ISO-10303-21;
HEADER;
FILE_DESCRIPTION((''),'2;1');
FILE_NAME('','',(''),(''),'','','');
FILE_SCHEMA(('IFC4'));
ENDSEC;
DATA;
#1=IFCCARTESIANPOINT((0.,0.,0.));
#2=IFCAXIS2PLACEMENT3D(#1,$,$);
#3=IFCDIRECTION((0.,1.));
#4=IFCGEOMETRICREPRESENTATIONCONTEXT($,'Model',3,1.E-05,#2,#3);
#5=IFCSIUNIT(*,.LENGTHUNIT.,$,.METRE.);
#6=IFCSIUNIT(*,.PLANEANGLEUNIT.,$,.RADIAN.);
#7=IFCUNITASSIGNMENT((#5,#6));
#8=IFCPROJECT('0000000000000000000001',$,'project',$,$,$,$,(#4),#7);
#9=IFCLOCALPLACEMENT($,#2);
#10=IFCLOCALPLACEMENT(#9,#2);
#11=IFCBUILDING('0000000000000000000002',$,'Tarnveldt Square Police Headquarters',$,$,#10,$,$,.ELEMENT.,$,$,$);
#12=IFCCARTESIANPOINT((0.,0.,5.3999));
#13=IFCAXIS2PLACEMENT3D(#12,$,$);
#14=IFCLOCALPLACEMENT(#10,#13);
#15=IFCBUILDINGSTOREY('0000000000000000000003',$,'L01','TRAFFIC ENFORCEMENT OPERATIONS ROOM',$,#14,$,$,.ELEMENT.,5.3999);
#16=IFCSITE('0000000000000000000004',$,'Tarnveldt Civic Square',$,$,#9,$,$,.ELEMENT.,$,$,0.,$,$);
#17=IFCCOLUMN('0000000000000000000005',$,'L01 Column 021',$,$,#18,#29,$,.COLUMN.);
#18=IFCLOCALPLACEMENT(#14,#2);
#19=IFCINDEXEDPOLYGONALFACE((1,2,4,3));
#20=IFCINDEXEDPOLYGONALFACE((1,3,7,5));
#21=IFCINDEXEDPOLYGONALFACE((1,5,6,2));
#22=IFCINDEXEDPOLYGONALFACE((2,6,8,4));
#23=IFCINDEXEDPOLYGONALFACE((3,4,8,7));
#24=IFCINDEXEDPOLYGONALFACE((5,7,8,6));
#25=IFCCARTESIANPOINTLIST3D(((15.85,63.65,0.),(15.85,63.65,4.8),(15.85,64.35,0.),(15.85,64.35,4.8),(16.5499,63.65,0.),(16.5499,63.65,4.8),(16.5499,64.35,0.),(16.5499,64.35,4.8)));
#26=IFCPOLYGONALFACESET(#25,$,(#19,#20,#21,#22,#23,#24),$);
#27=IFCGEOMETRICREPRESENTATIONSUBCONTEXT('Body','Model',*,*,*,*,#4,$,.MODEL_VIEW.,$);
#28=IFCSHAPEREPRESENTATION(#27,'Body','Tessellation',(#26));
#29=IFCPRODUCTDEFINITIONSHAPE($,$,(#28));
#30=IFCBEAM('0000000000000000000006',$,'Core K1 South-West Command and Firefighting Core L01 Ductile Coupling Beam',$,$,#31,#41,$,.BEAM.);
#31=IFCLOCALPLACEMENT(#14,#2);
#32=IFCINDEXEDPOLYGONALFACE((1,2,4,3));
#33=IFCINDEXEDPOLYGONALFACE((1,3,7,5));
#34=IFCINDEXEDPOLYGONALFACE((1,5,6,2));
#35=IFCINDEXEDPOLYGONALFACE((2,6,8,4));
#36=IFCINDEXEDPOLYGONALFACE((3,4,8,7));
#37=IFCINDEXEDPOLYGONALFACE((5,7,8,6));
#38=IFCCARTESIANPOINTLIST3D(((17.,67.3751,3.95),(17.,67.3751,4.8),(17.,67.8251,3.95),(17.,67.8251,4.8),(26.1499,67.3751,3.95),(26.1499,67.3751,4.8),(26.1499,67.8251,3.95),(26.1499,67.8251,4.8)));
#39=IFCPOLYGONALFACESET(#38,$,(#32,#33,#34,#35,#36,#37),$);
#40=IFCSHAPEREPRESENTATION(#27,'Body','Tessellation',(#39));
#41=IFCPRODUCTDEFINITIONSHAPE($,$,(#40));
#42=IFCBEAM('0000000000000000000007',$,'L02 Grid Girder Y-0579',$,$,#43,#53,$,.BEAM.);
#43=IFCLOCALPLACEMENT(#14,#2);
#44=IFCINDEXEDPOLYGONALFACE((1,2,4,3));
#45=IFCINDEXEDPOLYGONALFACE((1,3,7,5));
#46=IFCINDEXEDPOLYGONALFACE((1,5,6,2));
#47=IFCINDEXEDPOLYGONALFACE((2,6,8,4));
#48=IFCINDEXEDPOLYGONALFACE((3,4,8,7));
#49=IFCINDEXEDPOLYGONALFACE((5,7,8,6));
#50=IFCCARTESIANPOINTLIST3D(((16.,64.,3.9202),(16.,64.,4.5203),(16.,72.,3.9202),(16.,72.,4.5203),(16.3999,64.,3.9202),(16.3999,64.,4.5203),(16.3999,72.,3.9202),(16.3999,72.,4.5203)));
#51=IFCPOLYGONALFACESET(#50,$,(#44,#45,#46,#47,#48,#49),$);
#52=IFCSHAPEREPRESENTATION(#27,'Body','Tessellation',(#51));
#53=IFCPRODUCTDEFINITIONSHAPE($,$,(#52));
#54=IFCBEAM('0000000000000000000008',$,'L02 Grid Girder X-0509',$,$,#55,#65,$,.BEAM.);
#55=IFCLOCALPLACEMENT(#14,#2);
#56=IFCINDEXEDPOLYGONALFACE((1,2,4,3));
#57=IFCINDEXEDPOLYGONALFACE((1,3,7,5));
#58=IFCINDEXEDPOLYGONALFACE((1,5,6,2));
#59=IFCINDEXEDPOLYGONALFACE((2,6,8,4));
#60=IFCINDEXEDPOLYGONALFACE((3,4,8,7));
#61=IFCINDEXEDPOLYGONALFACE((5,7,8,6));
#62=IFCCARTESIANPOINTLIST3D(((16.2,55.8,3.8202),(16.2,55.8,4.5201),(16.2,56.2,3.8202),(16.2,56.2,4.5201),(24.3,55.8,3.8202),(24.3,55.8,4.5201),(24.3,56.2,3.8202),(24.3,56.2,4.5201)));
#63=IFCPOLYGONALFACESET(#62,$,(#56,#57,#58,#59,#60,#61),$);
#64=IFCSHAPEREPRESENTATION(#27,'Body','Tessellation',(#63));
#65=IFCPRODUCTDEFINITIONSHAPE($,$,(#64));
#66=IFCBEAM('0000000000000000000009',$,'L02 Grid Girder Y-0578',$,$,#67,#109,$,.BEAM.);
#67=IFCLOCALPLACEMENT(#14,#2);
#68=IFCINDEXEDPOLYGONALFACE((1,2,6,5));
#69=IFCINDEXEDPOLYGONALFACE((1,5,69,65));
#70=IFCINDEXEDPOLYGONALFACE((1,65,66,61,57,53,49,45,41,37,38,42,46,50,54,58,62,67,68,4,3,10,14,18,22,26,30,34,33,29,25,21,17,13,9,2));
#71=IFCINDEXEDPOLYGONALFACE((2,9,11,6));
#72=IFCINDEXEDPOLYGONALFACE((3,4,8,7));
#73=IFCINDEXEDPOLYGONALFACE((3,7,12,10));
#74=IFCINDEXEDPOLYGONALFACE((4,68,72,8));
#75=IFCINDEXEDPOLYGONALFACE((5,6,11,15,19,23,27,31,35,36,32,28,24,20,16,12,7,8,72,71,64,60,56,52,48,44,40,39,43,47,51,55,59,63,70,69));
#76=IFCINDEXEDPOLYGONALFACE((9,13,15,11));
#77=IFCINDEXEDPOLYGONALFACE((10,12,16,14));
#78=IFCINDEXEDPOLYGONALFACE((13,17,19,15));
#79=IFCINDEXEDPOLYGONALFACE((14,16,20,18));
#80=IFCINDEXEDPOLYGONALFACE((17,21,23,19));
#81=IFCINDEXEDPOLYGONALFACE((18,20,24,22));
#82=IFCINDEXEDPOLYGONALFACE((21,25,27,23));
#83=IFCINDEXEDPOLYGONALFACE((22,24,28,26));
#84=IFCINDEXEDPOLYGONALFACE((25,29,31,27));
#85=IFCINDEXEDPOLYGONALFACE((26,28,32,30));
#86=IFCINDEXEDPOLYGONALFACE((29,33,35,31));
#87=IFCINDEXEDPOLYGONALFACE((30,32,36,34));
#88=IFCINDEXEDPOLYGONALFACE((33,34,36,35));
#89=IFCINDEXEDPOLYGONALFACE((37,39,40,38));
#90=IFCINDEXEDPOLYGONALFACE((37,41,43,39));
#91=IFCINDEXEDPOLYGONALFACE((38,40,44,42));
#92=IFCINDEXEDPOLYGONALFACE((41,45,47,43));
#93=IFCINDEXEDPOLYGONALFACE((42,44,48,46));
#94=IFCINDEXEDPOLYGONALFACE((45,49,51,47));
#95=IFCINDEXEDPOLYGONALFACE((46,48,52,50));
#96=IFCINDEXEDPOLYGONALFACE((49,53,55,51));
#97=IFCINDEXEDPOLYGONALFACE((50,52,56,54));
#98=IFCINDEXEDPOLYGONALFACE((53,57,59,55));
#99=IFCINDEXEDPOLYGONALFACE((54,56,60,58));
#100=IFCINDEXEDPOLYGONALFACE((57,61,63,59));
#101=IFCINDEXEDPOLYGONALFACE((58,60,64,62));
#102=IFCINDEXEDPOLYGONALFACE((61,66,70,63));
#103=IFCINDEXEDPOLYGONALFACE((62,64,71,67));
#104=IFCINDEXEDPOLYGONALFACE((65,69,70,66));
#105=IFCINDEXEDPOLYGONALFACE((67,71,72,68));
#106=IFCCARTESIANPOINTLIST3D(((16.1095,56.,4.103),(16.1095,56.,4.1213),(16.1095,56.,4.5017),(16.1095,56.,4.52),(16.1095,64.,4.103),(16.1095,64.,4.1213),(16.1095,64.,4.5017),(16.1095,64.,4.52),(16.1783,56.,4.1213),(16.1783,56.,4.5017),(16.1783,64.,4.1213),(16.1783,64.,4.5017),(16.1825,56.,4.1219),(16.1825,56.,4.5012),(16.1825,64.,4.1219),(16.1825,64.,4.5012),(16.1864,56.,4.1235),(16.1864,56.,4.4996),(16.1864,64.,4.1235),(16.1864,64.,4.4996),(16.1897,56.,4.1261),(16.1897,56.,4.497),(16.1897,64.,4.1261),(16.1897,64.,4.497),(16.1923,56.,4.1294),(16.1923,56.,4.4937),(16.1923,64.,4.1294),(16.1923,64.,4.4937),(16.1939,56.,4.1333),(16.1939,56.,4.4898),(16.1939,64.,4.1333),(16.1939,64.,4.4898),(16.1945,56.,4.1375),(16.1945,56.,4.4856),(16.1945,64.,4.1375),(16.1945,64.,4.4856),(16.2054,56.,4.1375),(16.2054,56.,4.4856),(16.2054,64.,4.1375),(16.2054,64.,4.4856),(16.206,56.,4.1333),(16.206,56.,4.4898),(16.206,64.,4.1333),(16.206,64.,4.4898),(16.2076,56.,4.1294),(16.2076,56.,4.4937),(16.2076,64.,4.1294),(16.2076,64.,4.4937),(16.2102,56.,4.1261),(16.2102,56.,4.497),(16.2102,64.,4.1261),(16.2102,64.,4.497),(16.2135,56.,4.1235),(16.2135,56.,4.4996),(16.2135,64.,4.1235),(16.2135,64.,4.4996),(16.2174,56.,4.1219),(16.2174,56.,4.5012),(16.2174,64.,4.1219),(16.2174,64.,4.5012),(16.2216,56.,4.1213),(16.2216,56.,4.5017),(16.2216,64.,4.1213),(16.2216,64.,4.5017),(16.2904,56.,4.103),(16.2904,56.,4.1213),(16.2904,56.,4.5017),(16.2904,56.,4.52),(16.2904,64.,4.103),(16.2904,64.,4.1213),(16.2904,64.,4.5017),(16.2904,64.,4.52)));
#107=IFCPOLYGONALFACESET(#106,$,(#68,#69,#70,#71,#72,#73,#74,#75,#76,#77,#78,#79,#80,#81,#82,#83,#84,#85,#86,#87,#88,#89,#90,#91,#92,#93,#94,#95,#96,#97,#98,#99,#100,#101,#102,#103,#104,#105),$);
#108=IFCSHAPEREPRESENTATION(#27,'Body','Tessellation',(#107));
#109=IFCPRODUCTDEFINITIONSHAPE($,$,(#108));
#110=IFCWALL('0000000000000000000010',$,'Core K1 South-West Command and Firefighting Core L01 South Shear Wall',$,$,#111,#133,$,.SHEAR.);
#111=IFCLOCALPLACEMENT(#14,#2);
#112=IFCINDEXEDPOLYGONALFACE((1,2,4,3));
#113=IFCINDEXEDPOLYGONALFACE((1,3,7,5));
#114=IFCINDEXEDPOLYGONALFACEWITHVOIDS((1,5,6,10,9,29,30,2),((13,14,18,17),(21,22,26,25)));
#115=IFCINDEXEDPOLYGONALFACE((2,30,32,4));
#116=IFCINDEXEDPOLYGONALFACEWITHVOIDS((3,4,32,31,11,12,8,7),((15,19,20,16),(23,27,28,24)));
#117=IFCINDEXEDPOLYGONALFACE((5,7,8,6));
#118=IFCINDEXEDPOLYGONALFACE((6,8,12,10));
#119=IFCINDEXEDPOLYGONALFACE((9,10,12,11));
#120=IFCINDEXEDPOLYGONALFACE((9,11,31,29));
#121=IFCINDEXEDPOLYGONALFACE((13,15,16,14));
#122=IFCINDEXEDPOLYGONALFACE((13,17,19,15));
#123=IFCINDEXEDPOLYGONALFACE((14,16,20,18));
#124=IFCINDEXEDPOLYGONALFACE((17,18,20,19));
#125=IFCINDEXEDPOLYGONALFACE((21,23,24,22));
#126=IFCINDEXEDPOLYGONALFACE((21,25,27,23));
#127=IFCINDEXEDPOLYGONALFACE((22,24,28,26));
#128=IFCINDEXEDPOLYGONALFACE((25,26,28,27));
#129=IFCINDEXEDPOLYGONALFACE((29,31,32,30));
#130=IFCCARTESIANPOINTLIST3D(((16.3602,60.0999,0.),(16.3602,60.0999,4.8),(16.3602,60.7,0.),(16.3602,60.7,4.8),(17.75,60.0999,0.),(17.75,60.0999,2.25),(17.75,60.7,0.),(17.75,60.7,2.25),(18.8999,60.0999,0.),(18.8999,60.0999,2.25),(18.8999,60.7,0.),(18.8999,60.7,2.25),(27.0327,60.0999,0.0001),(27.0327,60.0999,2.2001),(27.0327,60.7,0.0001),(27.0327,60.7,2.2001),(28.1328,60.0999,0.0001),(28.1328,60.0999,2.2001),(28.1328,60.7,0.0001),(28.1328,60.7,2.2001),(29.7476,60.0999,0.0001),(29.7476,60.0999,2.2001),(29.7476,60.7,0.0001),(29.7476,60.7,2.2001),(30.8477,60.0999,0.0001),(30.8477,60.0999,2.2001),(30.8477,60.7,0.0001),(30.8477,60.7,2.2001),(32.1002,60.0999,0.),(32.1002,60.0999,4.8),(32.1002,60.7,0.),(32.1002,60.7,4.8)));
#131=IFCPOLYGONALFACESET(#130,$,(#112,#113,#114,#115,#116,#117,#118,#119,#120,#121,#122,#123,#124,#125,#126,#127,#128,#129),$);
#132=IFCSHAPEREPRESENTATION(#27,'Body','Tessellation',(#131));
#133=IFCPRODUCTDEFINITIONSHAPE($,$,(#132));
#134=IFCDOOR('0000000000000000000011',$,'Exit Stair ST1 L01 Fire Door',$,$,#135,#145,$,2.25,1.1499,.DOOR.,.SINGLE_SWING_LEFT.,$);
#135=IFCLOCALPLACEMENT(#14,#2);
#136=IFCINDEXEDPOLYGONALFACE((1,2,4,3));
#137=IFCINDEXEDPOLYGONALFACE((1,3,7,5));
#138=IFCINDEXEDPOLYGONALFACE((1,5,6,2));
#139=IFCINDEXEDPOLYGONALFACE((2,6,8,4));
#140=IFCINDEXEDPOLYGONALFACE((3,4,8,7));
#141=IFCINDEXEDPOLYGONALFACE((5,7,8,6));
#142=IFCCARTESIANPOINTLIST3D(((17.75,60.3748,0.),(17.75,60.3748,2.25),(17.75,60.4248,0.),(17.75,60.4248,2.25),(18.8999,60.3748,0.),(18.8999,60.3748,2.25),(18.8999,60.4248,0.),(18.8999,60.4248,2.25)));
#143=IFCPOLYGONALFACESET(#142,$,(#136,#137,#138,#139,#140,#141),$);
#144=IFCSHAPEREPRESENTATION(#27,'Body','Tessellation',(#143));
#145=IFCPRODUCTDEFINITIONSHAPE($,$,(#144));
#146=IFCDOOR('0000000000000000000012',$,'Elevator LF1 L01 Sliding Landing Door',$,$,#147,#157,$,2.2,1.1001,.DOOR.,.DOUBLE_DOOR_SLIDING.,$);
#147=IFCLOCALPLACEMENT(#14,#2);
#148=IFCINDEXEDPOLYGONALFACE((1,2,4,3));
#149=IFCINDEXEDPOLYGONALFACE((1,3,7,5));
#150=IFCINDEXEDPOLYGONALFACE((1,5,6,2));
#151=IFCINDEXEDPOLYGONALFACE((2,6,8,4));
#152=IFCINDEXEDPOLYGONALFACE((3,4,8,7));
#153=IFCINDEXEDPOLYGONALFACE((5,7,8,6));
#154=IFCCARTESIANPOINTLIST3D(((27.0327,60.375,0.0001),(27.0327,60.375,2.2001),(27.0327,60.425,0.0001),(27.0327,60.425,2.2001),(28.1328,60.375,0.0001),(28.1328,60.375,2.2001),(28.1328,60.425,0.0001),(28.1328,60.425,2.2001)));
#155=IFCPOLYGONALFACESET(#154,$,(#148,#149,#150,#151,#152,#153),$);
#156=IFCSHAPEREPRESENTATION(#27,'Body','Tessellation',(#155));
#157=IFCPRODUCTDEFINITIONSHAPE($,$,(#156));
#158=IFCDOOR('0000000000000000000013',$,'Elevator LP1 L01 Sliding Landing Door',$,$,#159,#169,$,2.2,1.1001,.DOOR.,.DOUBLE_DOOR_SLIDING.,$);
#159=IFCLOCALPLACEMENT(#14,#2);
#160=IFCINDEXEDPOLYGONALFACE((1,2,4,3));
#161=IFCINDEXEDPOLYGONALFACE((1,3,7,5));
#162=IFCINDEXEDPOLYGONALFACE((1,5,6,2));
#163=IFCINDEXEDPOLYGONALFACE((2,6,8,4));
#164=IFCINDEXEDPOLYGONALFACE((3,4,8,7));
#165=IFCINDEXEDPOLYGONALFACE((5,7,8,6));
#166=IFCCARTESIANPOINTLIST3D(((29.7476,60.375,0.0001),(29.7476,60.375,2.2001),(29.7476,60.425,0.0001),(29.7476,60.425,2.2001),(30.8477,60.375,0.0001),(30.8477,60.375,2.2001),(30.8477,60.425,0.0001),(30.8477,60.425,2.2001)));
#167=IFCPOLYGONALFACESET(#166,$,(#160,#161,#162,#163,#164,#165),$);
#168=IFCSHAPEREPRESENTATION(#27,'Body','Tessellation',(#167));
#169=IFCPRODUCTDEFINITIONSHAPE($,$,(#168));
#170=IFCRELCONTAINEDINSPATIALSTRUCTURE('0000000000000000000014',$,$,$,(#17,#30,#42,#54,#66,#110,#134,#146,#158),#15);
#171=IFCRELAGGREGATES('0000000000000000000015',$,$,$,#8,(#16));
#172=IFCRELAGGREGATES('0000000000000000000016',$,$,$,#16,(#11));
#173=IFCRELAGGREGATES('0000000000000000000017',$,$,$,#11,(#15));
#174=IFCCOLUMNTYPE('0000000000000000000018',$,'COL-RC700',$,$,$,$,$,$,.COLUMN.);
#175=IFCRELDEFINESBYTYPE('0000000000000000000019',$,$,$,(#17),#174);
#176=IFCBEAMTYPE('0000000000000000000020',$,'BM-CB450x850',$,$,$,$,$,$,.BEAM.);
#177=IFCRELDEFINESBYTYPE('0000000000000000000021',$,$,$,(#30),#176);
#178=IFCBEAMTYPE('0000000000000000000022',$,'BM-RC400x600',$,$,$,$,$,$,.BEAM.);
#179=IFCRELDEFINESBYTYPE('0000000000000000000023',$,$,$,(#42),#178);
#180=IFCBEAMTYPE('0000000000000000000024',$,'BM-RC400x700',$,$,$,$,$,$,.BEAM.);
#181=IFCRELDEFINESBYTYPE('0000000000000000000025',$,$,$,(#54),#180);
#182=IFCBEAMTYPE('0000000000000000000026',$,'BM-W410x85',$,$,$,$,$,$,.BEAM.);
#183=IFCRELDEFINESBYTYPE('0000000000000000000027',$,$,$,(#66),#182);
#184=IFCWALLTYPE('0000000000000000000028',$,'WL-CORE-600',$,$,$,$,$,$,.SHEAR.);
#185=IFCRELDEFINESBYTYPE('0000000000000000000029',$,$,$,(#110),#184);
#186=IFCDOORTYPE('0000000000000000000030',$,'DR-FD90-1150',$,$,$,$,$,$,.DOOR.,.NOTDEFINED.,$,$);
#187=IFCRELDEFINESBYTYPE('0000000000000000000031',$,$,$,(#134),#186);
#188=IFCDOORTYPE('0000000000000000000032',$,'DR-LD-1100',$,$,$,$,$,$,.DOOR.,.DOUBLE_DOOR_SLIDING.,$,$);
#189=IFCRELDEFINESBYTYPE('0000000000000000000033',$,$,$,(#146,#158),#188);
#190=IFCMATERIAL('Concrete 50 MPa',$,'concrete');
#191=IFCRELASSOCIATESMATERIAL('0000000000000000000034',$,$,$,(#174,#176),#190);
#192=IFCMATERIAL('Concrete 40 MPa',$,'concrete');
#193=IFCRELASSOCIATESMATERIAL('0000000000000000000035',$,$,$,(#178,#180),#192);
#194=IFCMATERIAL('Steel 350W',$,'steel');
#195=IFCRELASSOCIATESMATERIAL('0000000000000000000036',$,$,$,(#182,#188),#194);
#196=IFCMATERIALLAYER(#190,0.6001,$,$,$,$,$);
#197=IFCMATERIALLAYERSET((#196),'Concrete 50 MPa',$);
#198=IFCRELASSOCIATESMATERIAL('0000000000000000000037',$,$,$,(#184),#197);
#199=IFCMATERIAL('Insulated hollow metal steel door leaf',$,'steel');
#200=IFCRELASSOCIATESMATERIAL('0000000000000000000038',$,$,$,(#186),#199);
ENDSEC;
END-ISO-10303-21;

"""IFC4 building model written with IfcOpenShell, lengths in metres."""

from ifc_helpers import new_model, si_unit, direction, frame, frame_2d, origin, origin_2d, place, context, subcontext, project, spatial, rectangle, i_section, extrude, material, layer, layer_set, material_profile, profile_set, type_object, element, fill, save


model = new_model("IFC4")

# Units and contexts
model_context = context("Model", 3, precision=1e-05, world=origin(), true_north=direction((0.0, 1.0)))
body_context = subcontext(model_context, "Body", "Model", "MODEL_VIEW")
ifc_project = project(units=[si_unit("LENGTHUNIT", "METRE"), si_unit("PLANEANGLEUNIT", "RADIAN")], contexts=[model_context])

# Site, building, storey
site_placement = place(None, origin())
site = spatial("IfcSite", under=ifc_project, at=site_placement, Name="Tarnveldt Civic Square", CompositionType="ELEMENT", RefElevation=0.0)
building_placement = place(site_placement, origin())
building = spatial("IfcBuilding", under=site, at=building_placement, Name="Tarnveldt Square Police Headquarters", CompositionType="ELEMENT")
storey_placement = place(building_placement, frame((0.0, 0.0, 5.3999)))
storey = spatial("IfcBuildingStorey", under=building, at=storey_placement, Name="L01", Description="TRAFFIC ENFORCEMENT OPERATIONS ROOM", CompositionType="ELEMENT", Elevation=5.3999)

# Column
ifc_material_1 = material(Name="Concrete 50 MPa", Category="concrete")
ifc_material_profile_1 = material_profile(ifc_material_1, rectangle(XDim=0.7, YDim=0.7, at=origin_2d()), Name="RC-C700x700")
ifc_profile_set_1 = profile_set([ifc_material_profile_1], Name="Concrete 50 MPa")
column_type = type_object("IfcColumnType", Name="COL-RC700", PredefinedType="COLUMN", material=ifc_profile_set_1)
column_placement = place(storey_placement, frame((16.2, 64.0, 0.0), z_axis=(0.0, 0.0, 1.0), x_axis=(1.0, 0.0, 0.0)))
element("IfcColumn", 1, at=column_placement, inside=storey, type_object=column_type, Name="L01 Column 021", PredefinedType="COLUMN", context=body_context, shape_type="SweptSolid", body=[
    extrude(rectangle(XDim=0.7, YDim=0.7, at=origin_2d()), origin(), (0.0, 0.0, 1.0), 4.8),
])

# Beams
ifc_material_profile_2 = material_profile(ifc_material_1, rectangle(XDim=0.45, YDim=0.8501, at=origin_2d()), Name="RC-CB450x850")
ifc_profile_set_2 = profile_set([ifc_material_profile_2], Name="Concrete 50 MPa")
beam_type_1 = type_object("IfcBeamType", Name="BM-CB450x850", PredefinedType="BEAM", material=ifc_profile_set_2)
beam_1_placement = place(storey_placement, frame((17.0, 67.6001, 4.375), z_axis=(1.0, 0.0, 0.0), x_axis=(0.0, 1.0, 0.0)))
element("IfcBeam", 2, at=beam_1_placement, inside=storey, type_object=beam_type_1, Name="Core K1 South-West Command and Firefighting Core L01 Ductile Coupling Beam", PredefinedType="BEAM", context=body_context, shape_type="SweptSolid", body=[
    extrude(rectangle(XDim=0.45, YDim=0.8501, at=origin_2d()), origin(), (0.0, 0.0, 1.0), 9.1499),
])
ifc_material_2 = material(Name="Concrete 40 MPa", Category="concrete")
ifc_material_profile_3 = material_profile(ifc_material_2, rectangle(XDim=0.3999, YDim=0.6001, at=origin_2d()), Name="RC-B400x600")
ifc_profile_set_3 = profile_set([ifc_material_profile_3], Name="Concrete 40 MPa")
beam_type_2 = type_object("IfcBeamType", Name="BM-RC400x600", PredefinedType="BEAM", material=ifc_profile_set_3)
beam_2_placement = place(storey_placement, frame((16.2, 64.0, 4.2202), z_axis=(0.0, 1.0, 0.0), x_axis=(-1.0, 0.0, 0.0)))
element("IfcBeam", 3, at=beam_2_placement, inside=storey, type_object=beam_type_2, Name="L02 Grid Girder Y-0579", PredefinedType="BEAM", context=body_context, shape_type="SweptSolid", body=[
    extrude(rectangle(XDim=0.3999, YDim=0.6001, at=origin_2d()), origin(), (0.0, 0.0, 1.0), 8.0),
])
ifc_material_profile_4 = material_profile(ifc_material_2, rectangle(XDim=0.3999, YDim=0.7, at=origin_2d()), Name="RC-B400x700")
ifc_profile_set_4 = profile_set([ifc_material_profile_4], Name="Concrete 40 MPa")
beam_type_3 = type_object("IfcBeamType", Name="BM-RC400x700", PredefinedType="BEAM", material=ifc_profile_set_4)
beam_3_placement = place(storey_placement, frame((16.2, 56.0, 4.1702), z_axis=(1.0, 0.0, 0.0), x_axis=(0.0, 1.0, 0.0)))
element("IfcBeam", 4, at=beam_3_placement, inside=storey, type_object=beam_type_3, Name="L02 Grid Girder X-0509", PredefinedType="BEAM", context=body_context, shape_type="SweptSolid", body=[
    extrude(rectangle(XDim=0.3999, YDim=0.7, at=origin_2d()), origin(), (0.0, 0.0, 1.0), 8.1001),
])
ifc_material_3 = material(Name="Steel 350W", Category="steel")
ifc_material_profile_5 = material_profile(ifc_material_3, i_section(OverallWidth=0.1809, OverallDepth=0.417, WebThickness=0.011, FlangeThickness=0.0183, FilletRadius=0.0161, at=origin_2d()), Name="W410x85")
ifc_profile_set_5 = profile_set([ifc_material_profile_5], Name="Steel 350W")
beam_type_4 = type_object("IfcBeamType", Name="BM-W410x85", PredefinedType="BEAM", material=ifc_profile_set_5)
beam_4_placement = place(storey_placement, frame((16.2, 56.0, 4.3115), z_axis=(0.0, 1.0, 0.0), x_axis=(-1.0, 0.0, 0.0)))
element("IfcBeam", 5, at=beam_4_placement, inside=storey, type_object=beam_type_4, Name="L02 Grid Girder Y-0578", PredefinedType="BEAM", context=body_context, shape_type="SweptSolid", body=[
    extrude(i_section(OverallWidth=0.1809, OverallDepth=0.417, WebThickness=0.011, FlangeThickness=0.0183, FilletRadius=0.0161, at=origin_2d()), origin(), (0.0, 0.0, 1.0), 8.0),
])

# Wall, openings, doors
ifc_layer_1 = layer(ifc_material_1, 0.6001)
ifc_layer_set_1 = layer_set([ifc_layer_1], Name="Concrete 50 MPa")
wall_type_1 = type_object("IfcWallType", Name="WL-CORE-600", PredefinedType="SHEAR", material=ifc_layer_set_1)
wall_1_placement = place(storey_placement, frame((16.3601, 60.3999, 0.0), z_axis=(0.0, 0.0, 1.0), x_axis=(1.0, 0.0, 0.0)))
wall_1 = element("IfcWall", 6, at=wall_1_placement, inside=storey, type_object=wall_type_1, Name="Core K1 South-West Command and Firefighting Core L01 South Shear Wall", PredefinedType="SHEAR", context=body_context, shape_type="SweptSolid", body=[
    extrude(rectangle(XDim=15.74, YDim=0.6001, at=frame_2d((7.8701, 0.0))), origin(), (0.0, 0.0, 1.0), 4.8),
])
opening_1_placement = place(wall_1_placement, frame((1.3899, 0.0, 0.0)))
opening_1 = element("IfcOpeningElement", 7, at=opening_1_placement, cuts=wall_1, PredefinedType="OPENING", context=body_context, shape_type="SweptSolid", body=[
    extrude(rectangle(XDim=1.1499, YDim=2.25, at=frame_2d((0.575, 1.125))), frame((0.0, 0.3101, 0.0), z_axis=(0.0, -1.0, 0.0), x_axis=(1.0, 0.0, 0.0)), (0.0, 0.0, 1.0), 0.6201),
])
opening_2_placement = place(wall_1_placement, frame((10.6726, 0.0, 0.0)))
opening_2 = element("IfcOpeningElement", 8, at=opening_2_placement, cuts=wall_1, PredefinedType="OPENING", context=body_context, shape_type="SweptSolid", body=[
    extrude(rectangle(XDim=1.1001, YDim=2.2, at=frame_2d((0.55, 1.1001))), frame((0.0, 0.3101, 0.0), z_axis=(0.0, -1.0, 0.0), x_axis=(1.0, 0.0, 0.0)), (0.0, 0.0, 1.0), 0.6201),
])
opening_3_placement = place(wall_1_placement, frame((13.3875, 0.0, 0.0)))
opening_3 = element("IfcOpeningElement", 9, at=opening_3_placement, cuts=wall_1, PredefinedType="OPENING", context=body_context, shape_type="SweptSolid", body=[
    extrude(rectangle(XDim=1.1001, YDim=2.2, at=frame_2d((0.55, 1.1001))), frame((0.0, 0.3101, 0.0), z_axis=(0.0, -1.0, 0.0), x_axis=(1.0, 0.0, 0.0)), (0.0, 0.0, 1.0), 0.6201),
])
ifc_material_4 = material(Name="Insulated hollow metal steel door leaf", Category="steel")
door_type_1 = type_object("IfcDoorType", Name="DR-FD90-1150", OperationType="NOTDEFINED", PredefinedType="DOOR", material=ifc_material_4)
door_1_placement = place(opening_1_placement, origin())
door_1 = element("IfcDoor", 10, at=door_1_placement, inside=storey, type_object=door_type_1, Name="Exit Stair ST1 L01 Fire Door", OperationType="SINGLE_SWING_LEFT", OverallHeight=2.25, OverallWidth=1.1499, PredefinedType="DOOR", context=body_context, shape_type="SweptSolid", body=[
    extrude(rectangle(XDim=1.1499, YDim=2.25, at=frame_2d((0.575, 1.125))), frame((0.0, 0.0249, 0.0), z_axis=(0.0, -1.0, 0.0), x_axis=(1.0, 0.0, 0.0)), (0.0, 0.0, 1.0), 0.05),
])
fill(opening_1, door_1)
door_type_2 = type_object("IfcDoorType", Name="DR-LD-1100", OperationType="DOUBLE_DOOR_SLIDING", PredefinedType="DOOR", material=ifc_material_3)
door_2_placement = place(opening_2_placement, frame((1.1001, 0.0, 0.0), z_axis=(0.0, 0.0, 1.0), x_axis=(-1.0, 0.0, 0.0)))
door_2 = element("IfcDoor", 11, at=door_2_placement, inside=storey, type_object=door_type_2, Name="Elevator LF1 L01 Sliding Landing Door", OperationType="DOUBLE_DOOR_SLIDING", OverallHeight=2.2, OverallWidth=1.1001, PredefinedType="DOOR", context=body_context, shape_type="SweptSolid", body=[
    extrude(rectangle(XDim=1.1001, YDim=2.2, at=frame_2d((0.55, 1.1001))), frame((0.0, 0.0249, 0.0), z_axis=(0.0, -1.0, 0.0), x_axis=(1.0, 0.0, 0.0)), (0.0, 0.0, 1.0), 0.05),
])
fill(opening_2, door_2)
door_3_placement = place(opening_3_placement, frame((1.1001, 0.0, 0.0), z_axis=(0.0, 0.0, 1.0), x_axis=(-1.0, 0.0, 0.0)))
door_3 = element("IfcDoor", 12, at=door_3_placement, inside=storey, type_object=door_type_2, Name="Elevator LP1 L01 Sliding Landing Door", OperationType="DOUBLE_DOOR_SLIDING", OverallHeight=2.2, OverallWidth=1.1001, PredefinedType="DOOR", context=body_context, shape_type="SweptSolid", body=[
    extrude(rectangle(XDim=1.1001, YDim=2.2, at=frame_2d((0.55, 1.1001))), frame((0.0, 0.0249, 0.0), z_axis=(0.0, -1.0, 0.0), x_axis=(1.0, 0.0, 0.0)), (0.0, 0.0, 1.0), 0.05),
])
fill(opening_3, door_3)

save(model, "model.ifc")
